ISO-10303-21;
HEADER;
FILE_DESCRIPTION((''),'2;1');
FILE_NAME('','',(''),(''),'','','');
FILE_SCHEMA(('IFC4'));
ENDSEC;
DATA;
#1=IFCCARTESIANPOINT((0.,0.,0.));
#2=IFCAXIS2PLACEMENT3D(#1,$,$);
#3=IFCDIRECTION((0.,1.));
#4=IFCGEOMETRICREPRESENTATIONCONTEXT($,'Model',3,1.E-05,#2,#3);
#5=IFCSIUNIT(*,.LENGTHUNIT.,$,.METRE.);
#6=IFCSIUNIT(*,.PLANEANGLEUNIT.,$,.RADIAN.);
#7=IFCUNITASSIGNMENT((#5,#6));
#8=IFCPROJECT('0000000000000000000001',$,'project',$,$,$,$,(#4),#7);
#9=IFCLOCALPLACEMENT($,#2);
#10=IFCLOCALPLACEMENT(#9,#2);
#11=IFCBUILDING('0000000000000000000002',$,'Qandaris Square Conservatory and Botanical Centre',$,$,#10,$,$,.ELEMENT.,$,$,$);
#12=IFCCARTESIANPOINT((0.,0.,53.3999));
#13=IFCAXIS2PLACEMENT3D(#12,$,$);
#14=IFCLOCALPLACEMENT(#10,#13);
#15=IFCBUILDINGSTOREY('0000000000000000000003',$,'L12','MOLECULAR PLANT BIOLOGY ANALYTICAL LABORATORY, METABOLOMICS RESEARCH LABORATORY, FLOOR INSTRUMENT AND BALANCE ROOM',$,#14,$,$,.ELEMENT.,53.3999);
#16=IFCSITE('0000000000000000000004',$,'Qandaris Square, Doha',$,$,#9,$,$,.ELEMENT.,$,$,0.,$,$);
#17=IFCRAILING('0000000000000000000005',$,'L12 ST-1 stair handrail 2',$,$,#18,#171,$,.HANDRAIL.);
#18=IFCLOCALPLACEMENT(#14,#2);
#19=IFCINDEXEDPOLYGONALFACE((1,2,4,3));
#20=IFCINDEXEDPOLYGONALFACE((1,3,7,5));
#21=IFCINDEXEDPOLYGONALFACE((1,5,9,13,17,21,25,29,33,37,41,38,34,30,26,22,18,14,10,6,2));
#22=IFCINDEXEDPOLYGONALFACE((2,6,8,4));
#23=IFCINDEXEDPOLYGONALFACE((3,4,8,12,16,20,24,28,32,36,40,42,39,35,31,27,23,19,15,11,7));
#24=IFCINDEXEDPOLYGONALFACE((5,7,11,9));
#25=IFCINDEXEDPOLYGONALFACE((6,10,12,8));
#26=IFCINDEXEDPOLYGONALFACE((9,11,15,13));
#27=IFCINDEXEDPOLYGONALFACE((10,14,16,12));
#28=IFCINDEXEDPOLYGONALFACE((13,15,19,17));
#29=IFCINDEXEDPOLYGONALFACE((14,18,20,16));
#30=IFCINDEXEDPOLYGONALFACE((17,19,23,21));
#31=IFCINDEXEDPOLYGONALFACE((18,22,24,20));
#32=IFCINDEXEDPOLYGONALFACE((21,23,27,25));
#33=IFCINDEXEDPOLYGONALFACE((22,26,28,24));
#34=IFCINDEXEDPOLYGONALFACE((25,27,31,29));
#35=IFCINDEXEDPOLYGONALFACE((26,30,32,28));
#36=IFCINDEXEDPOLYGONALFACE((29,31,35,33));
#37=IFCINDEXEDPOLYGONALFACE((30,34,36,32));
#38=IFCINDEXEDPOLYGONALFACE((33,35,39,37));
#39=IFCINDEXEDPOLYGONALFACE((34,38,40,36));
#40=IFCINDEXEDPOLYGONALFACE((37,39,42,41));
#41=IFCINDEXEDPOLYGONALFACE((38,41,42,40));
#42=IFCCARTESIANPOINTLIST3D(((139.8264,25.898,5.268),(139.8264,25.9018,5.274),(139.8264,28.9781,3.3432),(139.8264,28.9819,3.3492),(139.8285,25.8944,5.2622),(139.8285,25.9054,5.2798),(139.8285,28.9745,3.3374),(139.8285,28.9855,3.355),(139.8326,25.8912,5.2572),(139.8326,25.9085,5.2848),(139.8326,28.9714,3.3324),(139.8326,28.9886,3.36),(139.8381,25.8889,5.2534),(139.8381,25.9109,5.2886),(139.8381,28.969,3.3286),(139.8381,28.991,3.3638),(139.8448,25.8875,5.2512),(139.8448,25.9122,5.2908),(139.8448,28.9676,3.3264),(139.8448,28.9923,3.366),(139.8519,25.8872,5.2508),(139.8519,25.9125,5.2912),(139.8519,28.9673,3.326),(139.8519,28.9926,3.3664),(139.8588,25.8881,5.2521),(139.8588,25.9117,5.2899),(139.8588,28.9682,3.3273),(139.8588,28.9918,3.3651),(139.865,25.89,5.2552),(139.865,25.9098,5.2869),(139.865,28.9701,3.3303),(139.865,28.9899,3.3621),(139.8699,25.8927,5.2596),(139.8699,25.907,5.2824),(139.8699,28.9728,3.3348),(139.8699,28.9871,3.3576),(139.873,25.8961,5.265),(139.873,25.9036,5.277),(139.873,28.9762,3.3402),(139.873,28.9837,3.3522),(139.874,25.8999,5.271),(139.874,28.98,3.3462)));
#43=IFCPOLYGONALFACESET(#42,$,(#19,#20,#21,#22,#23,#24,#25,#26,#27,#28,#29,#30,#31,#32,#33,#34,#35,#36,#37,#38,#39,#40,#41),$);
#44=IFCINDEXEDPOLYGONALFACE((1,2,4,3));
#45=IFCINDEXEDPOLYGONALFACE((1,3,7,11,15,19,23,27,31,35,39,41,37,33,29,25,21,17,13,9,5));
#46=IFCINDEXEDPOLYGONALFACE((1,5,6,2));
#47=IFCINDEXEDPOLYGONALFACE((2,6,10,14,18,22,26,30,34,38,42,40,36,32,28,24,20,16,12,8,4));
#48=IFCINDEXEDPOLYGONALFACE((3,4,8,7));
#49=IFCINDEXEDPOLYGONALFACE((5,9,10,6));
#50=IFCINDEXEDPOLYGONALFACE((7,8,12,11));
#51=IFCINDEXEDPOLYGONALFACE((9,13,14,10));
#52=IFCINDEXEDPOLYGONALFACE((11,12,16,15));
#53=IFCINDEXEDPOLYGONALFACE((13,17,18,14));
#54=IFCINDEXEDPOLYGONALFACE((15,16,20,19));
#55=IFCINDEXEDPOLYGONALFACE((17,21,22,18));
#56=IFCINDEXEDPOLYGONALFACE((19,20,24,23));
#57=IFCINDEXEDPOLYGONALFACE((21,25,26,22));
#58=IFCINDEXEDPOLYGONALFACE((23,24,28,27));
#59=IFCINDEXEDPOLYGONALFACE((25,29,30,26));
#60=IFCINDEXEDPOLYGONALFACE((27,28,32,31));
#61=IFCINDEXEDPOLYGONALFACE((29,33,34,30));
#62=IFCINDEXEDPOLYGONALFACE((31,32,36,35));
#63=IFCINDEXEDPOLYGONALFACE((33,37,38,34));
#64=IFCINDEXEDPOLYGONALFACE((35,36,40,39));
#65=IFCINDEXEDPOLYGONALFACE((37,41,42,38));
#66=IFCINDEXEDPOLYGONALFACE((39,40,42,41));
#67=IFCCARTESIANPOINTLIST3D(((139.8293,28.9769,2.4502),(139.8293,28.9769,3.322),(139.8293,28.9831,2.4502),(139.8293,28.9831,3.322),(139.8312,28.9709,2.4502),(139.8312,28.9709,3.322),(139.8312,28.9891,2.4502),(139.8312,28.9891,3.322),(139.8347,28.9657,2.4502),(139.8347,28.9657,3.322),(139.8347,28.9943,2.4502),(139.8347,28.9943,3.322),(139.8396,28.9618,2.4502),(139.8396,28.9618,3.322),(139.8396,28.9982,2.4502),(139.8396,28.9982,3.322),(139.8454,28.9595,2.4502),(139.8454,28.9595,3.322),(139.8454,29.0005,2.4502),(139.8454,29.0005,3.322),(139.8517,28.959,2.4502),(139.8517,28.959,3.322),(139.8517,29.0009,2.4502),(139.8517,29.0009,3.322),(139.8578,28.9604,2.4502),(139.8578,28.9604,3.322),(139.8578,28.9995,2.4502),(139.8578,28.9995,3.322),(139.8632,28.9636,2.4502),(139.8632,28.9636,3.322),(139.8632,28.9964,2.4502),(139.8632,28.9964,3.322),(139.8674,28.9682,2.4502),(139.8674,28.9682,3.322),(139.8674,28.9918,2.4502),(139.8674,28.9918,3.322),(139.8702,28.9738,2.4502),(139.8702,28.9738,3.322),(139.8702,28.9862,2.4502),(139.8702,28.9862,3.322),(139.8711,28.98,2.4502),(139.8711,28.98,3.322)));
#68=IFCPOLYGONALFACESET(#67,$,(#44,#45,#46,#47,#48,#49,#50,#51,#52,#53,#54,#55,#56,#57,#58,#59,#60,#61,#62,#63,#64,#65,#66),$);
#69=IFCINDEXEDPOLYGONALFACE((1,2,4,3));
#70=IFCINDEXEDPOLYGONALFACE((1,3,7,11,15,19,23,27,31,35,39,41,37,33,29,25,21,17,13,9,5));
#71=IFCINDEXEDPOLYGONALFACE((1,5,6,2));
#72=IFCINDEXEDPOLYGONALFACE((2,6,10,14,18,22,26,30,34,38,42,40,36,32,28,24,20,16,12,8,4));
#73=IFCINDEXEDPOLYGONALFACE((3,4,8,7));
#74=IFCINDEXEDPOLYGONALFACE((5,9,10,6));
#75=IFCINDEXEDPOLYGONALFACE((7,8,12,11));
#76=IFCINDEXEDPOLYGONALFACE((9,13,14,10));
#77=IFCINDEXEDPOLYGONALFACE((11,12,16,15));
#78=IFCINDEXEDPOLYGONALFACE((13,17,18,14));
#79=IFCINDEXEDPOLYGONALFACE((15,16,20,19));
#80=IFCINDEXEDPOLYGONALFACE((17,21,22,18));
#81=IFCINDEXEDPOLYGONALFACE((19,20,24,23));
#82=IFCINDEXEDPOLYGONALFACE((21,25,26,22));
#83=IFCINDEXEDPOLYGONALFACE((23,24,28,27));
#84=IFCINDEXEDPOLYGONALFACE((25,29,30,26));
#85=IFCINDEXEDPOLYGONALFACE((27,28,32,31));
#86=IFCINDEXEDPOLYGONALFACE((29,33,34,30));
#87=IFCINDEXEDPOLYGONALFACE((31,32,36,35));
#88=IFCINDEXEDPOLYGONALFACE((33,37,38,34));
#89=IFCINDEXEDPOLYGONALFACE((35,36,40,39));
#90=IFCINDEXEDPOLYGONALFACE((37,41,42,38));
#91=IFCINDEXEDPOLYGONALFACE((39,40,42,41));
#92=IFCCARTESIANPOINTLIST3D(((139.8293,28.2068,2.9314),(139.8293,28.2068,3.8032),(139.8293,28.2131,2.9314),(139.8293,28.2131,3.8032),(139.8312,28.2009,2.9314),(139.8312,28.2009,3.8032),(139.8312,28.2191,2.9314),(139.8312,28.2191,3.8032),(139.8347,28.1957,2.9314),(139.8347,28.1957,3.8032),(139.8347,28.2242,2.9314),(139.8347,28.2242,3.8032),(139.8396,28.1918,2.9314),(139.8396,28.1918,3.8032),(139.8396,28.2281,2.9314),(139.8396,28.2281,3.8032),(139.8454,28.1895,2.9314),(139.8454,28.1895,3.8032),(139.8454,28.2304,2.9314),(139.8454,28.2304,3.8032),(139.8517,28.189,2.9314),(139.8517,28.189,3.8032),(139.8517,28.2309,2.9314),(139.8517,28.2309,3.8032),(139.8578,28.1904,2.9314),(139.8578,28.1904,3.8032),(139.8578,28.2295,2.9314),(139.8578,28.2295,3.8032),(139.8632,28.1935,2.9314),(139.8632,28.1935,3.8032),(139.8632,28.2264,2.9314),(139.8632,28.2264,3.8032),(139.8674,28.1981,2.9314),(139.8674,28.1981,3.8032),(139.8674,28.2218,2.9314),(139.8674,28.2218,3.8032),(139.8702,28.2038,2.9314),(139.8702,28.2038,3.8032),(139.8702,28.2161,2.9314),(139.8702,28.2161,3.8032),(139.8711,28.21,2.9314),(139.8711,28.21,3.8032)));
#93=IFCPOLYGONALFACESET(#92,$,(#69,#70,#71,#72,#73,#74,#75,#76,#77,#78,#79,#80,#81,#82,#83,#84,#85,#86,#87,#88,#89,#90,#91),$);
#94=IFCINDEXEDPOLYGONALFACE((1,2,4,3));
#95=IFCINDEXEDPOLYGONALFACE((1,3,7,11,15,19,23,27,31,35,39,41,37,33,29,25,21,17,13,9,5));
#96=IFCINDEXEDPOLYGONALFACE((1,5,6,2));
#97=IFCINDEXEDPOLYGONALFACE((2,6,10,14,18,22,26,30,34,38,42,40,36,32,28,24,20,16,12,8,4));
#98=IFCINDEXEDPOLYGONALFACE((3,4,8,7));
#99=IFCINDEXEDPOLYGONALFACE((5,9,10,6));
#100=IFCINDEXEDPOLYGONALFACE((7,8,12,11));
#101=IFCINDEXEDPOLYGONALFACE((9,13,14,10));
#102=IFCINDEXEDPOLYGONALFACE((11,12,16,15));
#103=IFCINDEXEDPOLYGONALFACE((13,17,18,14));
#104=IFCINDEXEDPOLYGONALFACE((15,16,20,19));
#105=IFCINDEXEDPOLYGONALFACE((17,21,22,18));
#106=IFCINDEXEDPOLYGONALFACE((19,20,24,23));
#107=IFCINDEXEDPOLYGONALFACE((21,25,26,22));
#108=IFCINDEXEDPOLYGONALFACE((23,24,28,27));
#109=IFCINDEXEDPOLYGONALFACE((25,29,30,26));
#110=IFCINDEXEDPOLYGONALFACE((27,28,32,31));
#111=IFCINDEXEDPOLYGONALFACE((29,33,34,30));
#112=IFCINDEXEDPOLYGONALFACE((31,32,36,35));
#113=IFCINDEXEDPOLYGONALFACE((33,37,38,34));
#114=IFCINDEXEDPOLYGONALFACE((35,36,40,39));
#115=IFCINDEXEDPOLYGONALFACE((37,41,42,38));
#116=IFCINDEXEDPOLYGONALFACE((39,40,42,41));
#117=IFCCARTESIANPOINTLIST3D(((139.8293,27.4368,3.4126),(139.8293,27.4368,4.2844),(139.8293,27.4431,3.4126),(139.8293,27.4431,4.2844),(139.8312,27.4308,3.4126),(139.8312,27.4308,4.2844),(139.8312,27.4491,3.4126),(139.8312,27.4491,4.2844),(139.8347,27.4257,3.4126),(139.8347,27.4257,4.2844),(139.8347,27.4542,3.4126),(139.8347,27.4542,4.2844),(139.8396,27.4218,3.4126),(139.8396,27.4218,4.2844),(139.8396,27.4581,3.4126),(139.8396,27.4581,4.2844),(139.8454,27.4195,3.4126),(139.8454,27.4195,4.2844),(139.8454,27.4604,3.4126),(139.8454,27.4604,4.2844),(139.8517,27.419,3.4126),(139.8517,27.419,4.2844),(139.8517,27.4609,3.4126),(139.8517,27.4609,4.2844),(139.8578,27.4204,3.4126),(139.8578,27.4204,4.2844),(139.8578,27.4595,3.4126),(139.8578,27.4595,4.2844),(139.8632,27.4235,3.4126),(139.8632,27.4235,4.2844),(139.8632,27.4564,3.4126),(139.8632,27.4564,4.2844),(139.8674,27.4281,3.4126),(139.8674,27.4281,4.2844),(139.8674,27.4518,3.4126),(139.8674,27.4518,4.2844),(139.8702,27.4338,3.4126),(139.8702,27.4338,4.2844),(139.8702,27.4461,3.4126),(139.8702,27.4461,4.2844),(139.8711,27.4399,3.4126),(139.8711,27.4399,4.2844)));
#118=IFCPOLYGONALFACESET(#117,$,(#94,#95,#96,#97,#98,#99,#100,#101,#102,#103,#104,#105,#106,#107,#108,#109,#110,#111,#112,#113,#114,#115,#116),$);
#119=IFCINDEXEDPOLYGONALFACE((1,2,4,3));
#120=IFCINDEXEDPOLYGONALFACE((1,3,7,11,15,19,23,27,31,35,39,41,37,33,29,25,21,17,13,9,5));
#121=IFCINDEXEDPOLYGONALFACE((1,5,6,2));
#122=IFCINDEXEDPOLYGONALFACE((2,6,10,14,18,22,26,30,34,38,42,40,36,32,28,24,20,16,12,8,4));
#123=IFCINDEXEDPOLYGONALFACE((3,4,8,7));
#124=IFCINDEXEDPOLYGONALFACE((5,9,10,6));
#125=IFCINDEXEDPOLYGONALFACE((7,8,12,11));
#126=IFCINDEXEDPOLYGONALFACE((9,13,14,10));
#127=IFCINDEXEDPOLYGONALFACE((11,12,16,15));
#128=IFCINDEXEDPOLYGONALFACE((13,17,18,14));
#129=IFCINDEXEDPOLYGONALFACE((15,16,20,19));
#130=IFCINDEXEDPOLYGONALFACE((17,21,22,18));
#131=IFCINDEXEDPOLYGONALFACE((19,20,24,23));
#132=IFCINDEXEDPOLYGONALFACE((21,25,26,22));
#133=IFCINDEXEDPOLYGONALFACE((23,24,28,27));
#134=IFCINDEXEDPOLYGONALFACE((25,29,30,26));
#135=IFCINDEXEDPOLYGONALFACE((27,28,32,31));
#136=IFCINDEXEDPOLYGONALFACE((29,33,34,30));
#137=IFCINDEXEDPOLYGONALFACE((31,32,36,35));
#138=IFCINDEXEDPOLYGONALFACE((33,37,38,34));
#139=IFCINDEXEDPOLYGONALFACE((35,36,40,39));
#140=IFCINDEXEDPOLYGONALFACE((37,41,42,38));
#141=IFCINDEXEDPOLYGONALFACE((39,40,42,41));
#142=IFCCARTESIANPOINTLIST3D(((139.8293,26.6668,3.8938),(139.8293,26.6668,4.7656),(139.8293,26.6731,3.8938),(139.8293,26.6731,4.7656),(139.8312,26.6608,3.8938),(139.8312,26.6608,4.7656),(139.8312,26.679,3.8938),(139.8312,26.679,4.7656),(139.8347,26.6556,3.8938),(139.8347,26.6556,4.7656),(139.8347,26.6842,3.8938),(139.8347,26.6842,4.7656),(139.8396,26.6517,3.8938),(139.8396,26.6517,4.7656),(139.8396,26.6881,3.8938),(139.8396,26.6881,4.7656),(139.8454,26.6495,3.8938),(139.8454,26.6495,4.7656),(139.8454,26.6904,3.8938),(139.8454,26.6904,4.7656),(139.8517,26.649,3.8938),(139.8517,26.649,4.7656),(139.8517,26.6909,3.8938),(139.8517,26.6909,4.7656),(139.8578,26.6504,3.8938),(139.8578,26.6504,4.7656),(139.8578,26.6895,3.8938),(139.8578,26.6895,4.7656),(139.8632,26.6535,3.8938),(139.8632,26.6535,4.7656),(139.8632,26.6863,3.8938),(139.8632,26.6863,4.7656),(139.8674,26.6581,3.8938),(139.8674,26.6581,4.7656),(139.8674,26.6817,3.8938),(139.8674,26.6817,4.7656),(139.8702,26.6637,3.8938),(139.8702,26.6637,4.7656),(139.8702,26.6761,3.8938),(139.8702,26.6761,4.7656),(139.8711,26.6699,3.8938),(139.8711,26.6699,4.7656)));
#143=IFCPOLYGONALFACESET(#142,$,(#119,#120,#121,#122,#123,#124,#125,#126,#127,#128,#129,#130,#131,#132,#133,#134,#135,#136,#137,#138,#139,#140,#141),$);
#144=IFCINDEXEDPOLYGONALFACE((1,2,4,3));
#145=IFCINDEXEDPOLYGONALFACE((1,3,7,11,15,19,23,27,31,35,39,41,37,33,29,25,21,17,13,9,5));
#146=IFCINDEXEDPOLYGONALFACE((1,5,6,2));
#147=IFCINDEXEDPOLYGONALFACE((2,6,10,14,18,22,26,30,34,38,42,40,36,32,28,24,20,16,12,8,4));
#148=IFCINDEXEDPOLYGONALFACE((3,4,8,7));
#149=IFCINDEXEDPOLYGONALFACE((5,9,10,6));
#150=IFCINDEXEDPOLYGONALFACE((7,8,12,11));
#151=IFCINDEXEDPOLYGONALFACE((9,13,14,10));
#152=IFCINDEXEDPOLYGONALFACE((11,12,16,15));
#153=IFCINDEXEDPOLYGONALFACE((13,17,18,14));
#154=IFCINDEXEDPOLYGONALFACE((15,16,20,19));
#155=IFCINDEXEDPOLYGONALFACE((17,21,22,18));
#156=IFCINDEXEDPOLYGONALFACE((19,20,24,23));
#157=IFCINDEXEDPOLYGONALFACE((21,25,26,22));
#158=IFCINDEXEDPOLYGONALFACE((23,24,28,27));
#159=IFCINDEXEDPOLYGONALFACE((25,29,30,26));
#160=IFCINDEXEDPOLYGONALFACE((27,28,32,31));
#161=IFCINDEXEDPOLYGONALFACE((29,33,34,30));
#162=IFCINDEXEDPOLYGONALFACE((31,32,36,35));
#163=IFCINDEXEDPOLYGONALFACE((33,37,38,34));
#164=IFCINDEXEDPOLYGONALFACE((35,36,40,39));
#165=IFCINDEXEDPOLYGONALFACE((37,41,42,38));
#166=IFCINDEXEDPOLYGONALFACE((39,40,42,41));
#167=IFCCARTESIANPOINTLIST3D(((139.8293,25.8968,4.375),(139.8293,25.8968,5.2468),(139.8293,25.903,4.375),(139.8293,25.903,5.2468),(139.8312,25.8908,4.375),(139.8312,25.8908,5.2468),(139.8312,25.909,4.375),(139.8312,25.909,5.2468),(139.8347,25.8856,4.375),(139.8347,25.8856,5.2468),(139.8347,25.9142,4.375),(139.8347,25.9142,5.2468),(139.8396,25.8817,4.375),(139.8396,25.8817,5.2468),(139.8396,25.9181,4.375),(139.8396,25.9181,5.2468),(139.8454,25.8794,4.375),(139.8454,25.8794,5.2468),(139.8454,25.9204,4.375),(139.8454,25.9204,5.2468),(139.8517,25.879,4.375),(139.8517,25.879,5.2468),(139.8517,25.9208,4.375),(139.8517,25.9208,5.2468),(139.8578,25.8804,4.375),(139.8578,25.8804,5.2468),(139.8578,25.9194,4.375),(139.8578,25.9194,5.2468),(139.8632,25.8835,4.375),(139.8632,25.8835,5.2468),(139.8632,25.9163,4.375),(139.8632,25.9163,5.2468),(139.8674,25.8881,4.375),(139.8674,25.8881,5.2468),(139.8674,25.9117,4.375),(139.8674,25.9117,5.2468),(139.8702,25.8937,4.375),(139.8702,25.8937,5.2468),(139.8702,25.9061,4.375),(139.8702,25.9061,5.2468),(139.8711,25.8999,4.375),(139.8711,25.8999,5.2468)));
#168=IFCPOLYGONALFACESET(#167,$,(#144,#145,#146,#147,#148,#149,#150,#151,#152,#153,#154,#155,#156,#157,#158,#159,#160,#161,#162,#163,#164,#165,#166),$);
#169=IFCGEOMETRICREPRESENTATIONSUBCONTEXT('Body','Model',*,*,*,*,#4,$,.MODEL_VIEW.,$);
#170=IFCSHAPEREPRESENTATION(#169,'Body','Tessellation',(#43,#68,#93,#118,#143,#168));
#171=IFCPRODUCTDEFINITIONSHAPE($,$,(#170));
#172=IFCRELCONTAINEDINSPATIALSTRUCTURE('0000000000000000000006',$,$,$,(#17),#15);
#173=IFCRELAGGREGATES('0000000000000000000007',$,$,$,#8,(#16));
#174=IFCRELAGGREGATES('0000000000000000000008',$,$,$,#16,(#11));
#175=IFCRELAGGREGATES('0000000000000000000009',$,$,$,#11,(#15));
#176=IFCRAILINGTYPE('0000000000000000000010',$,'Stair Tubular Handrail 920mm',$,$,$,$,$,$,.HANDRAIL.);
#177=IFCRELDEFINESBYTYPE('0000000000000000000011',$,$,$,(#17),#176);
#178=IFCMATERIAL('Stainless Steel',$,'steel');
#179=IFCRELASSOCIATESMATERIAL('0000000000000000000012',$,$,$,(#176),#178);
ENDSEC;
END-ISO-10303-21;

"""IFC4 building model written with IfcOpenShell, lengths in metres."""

from ifc_helpers import new_model, si_unit, direction, frame, origin, origin_2d, place, context, subcontext, project, spatial, circle, extrude, material, type_object, element, save


model = new_model("IFC4")

# Units and contexts
model_context = context("Model", 3, precision=1e-05, world=origin(), true_north=direction((0.0, 1.0)))
body_context = subcontext(model_context, "Body", "Model", "MODEL_VIEW")
ifc_project = project(units=[si_unit("LENGTHUNIT", "METRE"), si_unit("PLANEANGLEUNIT", "RADIAN")], contexts=[model_context])

# Site, building, storey
site_placement = place(None, origin())
site = spatial("IfcSite", under=ifc_project, at=site_placement, Name="Qandaris Square, Doha", CompositionType="ELEMENT", RefElevation=0.0)
building_placement = place(site_placement, origin())
building = spatial("IfcBuilding", under=site, at=building_placement, Name="Qandaris Square Conservatory and Botanical Centre", CompositionType="ELEMENT")
storey_placement = place(building_placement, frame((0.0, 0.0, 53.3999)))
storey = spatial("IfcBuildingStorey", under=building, at=storey_placement, Name="L12", Description="MOLECULAR PLANT BIOLOGY ANALYTICAL LABORATORY, METABOLOMICS RESEARCH LABORATORY, FLOOR INSTRUMENT AND BALANCE ROOM", CompositionType="ELEMENT", Elevation=53.3999)

# Railing
ifc_material_1 = material(Name="Stainless Steel", Category="steel")
railing_type_1 = type_object("IfcRailingType", Name="Stair Tubular Handrail 920mm", PredefinedType="HANDRAIL", material=ifc_material_1)
railing_1_placement = place(storey_placement, frame((139.8501, 28.98, 2.4502)))
element("IfcRailing", 1, at=railing_1_placement, inside=storey, type_object=railing_type_1, Name="L12 ST-1 stair handrail 2", PredefinedType="HANDRAIL", context=body_context, shape_type="SweptSolid", body=[
    extrude(circle(Radius=0.0239, at=origin_2d()), frame((0.0, 0.0, 0.896), z_axis=(0.0, -0.848029, 0.529951), x_axis=(1.0, 0.0, 0.0)), (0.0, 0.0, 1.0), 3.6321),
    extrude(circle(Radius=0.021, at=origin_2d()), origin(), (0.0, 0.0, 1.0), 0.8718),
    extrude(circle(Radius=0.021, at=origin_2d()), frame((0.0, -0.77, 0.4812)), (0.0, 0.0, 1.0), 0.8718),
    extrude(circle(Radius=0.021, at=origin_2d()), frame((0.0, -1.54, 0.9624)), (0.0, 0.0, 1.0), 0.8718),
    extrude(circle(Radius=0.021, at=origin_2d()), frame((0.0, -2.3101, 1.4436)), (0.0, 0.0, 1.0), 0.8718),
    extrude(circle(Radius=0.021, at=origin_2d()), frame((0.0, -3.0801, 1.9248)), (0.0, 0.0, 1.0), 0.8718),
])

save(model, "model.ifc")
